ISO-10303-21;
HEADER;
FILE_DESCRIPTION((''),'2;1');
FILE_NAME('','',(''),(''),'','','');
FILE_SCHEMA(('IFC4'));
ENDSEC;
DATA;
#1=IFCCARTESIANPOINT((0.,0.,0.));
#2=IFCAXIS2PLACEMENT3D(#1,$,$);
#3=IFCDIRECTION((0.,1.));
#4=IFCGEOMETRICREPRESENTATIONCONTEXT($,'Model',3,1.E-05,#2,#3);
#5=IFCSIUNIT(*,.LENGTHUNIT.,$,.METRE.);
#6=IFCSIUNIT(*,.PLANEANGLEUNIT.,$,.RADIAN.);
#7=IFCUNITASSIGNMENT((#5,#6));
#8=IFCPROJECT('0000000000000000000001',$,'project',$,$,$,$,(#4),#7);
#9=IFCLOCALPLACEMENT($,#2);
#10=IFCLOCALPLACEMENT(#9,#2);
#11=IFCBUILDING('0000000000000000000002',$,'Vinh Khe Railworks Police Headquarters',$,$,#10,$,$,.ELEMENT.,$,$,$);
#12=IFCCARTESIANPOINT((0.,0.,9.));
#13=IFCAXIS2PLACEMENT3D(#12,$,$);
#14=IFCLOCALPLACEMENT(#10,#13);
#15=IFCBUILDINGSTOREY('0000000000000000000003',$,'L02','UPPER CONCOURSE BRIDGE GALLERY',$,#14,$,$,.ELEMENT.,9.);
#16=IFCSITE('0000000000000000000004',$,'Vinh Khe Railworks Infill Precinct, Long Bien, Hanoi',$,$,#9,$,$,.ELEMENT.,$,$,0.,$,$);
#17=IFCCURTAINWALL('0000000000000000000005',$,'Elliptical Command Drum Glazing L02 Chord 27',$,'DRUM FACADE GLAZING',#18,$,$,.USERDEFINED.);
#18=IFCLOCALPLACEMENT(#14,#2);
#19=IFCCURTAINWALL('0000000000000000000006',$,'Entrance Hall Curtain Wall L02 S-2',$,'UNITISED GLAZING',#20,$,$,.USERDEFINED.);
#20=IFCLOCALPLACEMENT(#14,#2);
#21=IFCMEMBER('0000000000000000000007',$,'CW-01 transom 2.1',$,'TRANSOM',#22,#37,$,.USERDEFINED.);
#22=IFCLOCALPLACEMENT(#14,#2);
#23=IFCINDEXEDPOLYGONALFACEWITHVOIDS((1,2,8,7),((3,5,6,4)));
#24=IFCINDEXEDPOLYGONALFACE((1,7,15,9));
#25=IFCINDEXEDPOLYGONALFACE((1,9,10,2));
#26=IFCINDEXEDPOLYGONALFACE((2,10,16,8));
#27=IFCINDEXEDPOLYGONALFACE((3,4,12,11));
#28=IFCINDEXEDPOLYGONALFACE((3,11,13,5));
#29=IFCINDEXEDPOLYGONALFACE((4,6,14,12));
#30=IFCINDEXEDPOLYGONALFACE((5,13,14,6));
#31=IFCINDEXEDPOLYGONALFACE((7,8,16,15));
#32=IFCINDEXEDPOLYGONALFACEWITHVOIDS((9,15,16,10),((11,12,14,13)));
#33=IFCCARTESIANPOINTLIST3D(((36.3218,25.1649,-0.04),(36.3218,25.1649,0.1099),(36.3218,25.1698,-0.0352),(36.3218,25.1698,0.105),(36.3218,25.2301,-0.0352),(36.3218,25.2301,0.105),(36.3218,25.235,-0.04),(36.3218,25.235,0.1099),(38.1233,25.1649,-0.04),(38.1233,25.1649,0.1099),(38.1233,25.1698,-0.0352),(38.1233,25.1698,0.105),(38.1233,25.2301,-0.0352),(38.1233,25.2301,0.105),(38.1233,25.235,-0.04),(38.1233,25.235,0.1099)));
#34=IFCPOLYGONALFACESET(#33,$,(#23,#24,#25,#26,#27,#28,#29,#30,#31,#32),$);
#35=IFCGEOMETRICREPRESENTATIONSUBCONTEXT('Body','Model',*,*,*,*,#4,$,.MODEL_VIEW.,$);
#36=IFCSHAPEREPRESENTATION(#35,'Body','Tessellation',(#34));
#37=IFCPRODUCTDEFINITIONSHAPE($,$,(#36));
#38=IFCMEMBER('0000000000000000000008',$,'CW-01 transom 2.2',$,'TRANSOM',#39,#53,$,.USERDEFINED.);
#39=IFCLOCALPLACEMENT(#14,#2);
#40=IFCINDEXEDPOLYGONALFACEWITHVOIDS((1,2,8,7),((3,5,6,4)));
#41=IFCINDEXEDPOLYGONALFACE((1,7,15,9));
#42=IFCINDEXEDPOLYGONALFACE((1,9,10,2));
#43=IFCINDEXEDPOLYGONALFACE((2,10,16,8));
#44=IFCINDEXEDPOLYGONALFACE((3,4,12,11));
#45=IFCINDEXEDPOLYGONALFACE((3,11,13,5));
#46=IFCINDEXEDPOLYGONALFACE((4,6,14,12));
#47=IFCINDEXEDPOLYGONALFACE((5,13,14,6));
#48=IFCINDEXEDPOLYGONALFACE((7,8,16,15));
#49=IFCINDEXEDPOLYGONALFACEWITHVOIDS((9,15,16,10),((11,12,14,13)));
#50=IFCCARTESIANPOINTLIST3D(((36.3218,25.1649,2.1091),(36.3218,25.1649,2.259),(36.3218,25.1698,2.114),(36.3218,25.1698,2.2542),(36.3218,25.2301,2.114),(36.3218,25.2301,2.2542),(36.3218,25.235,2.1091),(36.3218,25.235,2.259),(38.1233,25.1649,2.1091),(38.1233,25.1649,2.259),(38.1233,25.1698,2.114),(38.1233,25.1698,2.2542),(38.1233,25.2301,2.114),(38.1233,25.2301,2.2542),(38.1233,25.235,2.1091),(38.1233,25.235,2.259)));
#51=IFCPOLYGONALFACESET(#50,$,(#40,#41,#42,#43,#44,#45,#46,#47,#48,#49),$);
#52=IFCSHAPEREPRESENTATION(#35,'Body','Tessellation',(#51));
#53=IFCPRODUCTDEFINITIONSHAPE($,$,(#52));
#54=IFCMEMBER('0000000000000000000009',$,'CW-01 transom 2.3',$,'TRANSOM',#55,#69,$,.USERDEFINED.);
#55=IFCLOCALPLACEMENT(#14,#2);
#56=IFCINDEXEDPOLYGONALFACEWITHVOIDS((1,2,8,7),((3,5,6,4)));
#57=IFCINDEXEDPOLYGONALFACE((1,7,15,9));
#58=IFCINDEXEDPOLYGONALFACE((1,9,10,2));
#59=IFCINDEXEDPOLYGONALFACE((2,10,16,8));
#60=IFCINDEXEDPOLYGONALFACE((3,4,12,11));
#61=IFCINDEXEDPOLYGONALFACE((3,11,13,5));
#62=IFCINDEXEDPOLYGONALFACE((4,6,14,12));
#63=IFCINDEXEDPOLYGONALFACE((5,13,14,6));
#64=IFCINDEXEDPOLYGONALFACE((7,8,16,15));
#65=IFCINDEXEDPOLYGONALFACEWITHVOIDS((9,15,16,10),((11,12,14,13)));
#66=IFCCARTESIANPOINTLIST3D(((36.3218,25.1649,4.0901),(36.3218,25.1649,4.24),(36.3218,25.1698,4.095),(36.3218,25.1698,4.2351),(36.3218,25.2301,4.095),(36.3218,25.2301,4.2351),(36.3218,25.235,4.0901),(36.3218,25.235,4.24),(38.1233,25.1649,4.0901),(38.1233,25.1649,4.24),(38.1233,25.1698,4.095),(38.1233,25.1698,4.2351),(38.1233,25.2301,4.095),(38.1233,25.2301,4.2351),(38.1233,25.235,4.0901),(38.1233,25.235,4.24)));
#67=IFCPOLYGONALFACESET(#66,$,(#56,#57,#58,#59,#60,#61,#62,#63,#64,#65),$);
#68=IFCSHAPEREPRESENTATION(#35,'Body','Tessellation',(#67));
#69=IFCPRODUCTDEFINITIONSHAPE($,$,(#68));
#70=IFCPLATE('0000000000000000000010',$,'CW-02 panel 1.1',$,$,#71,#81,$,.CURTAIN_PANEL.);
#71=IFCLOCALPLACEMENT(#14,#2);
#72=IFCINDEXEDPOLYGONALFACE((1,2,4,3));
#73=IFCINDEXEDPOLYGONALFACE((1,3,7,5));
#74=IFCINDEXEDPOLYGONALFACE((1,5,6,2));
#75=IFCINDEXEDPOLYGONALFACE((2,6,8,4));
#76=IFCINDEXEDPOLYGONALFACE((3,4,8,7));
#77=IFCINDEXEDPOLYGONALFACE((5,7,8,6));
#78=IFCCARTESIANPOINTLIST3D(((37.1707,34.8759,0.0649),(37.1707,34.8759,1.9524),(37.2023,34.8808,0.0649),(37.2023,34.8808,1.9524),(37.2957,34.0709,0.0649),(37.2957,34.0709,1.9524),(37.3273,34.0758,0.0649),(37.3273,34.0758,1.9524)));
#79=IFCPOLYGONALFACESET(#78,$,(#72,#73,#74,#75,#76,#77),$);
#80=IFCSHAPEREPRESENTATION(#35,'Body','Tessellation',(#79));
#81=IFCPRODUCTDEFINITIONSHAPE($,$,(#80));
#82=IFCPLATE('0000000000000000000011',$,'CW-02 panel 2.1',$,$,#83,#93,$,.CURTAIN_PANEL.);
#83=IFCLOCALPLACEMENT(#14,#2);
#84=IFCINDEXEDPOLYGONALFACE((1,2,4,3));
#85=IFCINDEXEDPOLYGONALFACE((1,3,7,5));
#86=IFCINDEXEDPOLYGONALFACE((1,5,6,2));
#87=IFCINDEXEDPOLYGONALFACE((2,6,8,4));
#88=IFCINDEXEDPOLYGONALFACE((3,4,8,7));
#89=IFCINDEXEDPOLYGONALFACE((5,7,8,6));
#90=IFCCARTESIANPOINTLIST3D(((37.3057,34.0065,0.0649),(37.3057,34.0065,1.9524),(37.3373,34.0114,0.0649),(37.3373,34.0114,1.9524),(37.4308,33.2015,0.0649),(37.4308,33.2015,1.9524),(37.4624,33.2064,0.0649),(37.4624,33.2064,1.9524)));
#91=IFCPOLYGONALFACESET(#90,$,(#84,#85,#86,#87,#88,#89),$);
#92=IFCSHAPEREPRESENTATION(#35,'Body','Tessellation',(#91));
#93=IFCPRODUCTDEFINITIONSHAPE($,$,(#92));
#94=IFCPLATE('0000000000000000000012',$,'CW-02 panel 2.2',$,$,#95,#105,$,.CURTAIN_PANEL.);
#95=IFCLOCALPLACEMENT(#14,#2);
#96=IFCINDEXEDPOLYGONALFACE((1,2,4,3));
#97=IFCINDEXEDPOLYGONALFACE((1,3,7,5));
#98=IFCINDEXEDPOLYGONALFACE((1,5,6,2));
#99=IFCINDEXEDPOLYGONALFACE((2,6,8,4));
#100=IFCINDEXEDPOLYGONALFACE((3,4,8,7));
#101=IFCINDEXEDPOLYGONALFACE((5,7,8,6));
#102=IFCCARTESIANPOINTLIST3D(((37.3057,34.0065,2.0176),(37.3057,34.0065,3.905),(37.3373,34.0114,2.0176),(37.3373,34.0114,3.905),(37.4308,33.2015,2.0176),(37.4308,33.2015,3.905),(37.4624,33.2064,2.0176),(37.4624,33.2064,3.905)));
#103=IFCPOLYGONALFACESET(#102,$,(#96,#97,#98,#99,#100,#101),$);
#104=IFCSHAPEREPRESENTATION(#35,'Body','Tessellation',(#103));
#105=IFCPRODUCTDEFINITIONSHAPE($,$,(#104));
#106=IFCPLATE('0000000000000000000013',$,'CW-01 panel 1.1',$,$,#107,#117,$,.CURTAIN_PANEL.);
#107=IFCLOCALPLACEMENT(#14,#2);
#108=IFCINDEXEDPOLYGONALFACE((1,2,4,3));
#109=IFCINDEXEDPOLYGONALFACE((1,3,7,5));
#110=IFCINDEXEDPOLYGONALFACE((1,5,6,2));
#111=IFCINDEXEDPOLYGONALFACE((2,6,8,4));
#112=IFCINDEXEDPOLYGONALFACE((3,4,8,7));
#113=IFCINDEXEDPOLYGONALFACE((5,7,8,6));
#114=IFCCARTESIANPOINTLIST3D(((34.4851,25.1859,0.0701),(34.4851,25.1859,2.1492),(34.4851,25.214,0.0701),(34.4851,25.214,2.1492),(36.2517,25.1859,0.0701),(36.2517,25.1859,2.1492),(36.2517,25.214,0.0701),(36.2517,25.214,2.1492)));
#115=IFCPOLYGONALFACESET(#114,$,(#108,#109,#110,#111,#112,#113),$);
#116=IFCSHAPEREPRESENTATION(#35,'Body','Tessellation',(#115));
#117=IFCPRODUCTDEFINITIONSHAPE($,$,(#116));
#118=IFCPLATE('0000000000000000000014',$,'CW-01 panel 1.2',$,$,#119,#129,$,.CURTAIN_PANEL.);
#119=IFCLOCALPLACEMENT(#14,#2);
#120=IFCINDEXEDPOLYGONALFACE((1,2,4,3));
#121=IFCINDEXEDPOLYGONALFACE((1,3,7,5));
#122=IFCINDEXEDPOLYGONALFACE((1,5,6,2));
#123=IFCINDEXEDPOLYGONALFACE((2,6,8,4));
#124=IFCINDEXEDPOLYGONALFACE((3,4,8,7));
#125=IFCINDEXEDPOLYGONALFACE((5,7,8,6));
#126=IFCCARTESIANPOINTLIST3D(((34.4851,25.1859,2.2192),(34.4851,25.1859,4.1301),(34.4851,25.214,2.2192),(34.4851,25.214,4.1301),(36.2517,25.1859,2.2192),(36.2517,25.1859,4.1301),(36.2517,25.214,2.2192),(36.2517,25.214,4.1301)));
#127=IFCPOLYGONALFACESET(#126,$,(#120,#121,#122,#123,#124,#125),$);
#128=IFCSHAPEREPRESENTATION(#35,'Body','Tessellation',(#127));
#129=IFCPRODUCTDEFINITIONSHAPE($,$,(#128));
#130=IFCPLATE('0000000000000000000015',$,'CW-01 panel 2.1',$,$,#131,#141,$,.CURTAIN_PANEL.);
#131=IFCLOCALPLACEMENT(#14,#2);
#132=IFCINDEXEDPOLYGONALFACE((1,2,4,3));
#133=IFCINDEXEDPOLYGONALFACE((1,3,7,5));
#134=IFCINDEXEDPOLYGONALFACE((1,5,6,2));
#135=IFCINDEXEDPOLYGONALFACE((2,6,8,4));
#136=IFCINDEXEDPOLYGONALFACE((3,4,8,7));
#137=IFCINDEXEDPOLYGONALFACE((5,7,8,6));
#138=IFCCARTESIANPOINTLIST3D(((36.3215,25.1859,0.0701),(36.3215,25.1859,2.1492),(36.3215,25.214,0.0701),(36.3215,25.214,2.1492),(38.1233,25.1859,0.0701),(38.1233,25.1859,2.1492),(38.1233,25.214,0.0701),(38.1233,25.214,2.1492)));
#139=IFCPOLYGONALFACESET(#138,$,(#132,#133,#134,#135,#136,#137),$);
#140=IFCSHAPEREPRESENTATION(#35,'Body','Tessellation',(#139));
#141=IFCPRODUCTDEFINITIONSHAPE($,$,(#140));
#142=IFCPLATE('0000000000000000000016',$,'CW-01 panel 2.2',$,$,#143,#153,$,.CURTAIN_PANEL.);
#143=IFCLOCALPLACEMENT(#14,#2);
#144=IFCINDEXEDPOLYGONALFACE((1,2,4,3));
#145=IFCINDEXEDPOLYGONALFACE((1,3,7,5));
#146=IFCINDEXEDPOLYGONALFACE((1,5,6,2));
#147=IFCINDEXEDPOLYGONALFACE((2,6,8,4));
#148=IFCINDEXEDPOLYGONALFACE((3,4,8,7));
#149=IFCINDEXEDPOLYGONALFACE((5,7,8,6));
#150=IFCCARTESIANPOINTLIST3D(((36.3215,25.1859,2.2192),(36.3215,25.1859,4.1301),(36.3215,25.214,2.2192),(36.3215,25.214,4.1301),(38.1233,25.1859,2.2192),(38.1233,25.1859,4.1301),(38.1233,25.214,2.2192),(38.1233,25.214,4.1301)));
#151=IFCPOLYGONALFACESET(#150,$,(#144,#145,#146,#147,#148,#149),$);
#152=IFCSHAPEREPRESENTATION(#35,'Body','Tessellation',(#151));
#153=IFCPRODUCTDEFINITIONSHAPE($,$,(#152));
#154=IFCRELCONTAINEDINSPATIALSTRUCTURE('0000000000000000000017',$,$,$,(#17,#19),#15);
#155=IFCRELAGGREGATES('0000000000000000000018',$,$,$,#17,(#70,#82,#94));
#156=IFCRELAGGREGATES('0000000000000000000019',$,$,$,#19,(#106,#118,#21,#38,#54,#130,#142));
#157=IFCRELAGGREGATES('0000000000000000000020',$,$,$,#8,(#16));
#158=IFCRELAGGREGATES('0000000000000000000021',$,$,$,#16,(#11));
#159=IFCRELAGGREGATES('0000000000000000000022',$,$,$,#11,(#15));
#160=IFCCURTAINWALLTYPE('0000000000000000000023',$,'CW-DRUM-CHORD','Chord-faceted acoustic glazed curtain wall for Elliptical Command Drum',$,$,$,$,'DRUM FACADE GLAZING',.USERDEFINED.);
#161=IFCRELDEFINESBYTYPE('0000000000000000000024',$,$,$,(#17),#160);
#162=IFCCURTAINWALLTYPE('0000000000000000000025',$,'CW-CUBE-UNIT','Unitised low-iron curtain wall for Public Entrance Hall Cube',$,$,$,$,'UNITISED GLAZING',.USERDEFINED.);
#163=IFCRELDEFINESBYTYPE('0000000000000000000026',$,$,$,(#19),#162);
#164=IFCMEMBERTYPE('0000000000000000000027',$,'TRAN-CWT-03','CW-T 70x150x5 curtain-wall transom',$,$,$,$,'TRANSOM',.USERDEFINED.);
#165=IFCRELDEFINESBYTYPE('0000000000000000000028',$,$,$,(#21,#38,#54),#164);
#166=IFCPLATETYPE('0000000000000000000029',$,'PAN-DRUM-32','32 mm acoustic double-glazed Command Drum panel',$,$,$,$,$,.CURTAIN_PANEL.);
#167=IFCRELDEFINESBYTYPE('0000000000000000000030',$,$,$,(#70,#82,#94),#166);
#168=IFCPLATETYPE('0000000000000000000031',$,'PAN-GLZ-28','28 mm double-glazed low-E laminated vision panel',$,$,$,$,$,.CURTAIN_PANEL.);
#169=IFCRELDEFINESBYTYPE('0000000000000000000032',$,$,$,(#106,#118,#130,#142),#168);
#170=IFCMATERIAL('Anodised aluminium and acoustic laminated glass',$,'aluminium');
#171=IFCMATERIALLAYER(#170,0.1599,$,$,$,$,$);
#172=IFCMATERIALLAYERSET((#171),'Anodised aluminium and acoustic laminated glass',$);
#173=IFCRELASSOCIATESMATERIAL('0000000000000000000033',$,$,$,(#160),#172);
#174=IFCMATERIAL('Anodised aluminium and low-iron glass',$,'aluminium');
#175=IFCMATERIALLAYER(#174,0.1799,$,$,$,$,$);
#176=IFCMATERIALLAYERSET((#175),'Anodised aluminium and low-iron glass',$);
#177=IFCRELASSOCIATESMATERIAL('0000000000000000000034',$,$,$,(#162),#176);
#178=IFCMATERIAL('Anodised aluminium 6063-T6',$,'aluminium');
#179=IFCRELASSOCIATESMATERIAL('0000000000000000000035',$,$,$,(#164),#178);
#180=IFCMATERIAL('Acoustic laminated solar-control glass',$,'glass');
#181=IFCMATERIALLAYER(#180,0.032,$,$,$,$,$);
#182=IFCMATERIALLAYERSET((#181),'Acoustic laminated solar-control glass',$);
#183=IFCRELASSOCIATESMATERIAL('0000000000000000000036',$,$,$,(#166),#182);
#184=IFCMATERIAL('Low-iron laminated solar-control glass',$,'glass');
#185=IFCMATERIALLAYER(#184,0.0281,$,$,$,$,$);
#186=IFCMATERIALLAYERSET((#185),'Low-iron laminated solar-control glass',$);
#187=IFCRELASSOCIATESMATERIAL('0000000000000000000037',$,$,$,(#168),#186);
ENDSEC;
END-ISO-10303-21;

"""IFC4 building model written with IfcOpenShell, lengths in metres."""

from ifc_helpers import new_model, si_unit, direction, frame, origin, origin_2d, place, context, subcontext, project, spatial, rectangle, hollow_rectangle, extrude, material, layer, layer_set, material_profile, profile_set, type_object, element, aggregate, save


model = new_model("IFC4")

# Units and contexts
model_context = context("Model", 3, precision=1e-05, world=origin(), true_north=direction((0.0, 1.0)))
body_context = subcontext(model_context, "Body", "Model", "MODEL_VIEW")
ifc_project = project(units=[si_unit("LENGTHUNIT", "METRE"), si_unit("PLANEANGLEUNIT", "RADIAN")], contexts=[model_context])

# Site, building, storey
site_placement = place(None, origin())
site = spatial("IfcSite", under=ifc_project, at=site_placement, Name="Vinh Khe Railworks Infill Precinct, Long Bien, Hanoi", CompositionType="ELEMENT", RefElevation=0.0)
building_placement = place(site_placement, origin())
building = spatial("IfcBuilding", under=site, at=building_placement, Name="Vinh Khe Railworks Police Headquarters", CompositionType="ELEMENT")
storey_placement = place(building_placement, frame((0.0, 0.0, 9.0)))
storey = spatial("IfcBuildingStorey", under=building, at=storey_placement, Name="L02", Description="UPPER CONCOURSE BRIDGE GALLERY", CompositionType="ELEMENT", Elevation=9.0)

# Curtain wall
ifc_material_1 = material(Name="Anodised aluminium and acoustic laminated glass", Category="aluminium")
ifc_layer_1 = layer(ifc_material_1, 0.1599)
ifc_layer_set_1 = layer_set([ifc_layer_1], Name="Anodised aluminium and acoustic laminated glass")
curtain_wall_type_1 = type_object("IfcCurtainWallType", Name="CW-DRUM-CHORD", Description="Chord-faceted acoustic glazed curtain wall for Elliptical Command Drum", ElementType="DRUM FACADE GLAZING", PredefinedType="USERDEFINED", material=ifc_layer_set_1)
curtain_wall_1_placement = place(storey_placement, origin())
curtain_wall_1 = element("IfcCurtainWall", 1, at=curtain_wall_1_placement, inside=storey, type_object=curtain_wall_type_1, Name="Elliptical Command Drum Glazing L02 Chord 27", ObjectType="DRUM FACADE GLAZING", PredefinedType="USERDEFINED")
ifc_material_2 = material(Name="Anodised aluminium 6063-T6", Category="aluminium")

# Curtain wall
ifc_material_3 = material(Name="Anodised aluminium and low-iron glass", Category="aluminium")
ifc_layer_2 = layer(ifc_material_3, 0.1799)
ifc_layer_set_2 = layer_set([ifc_layer_2], Name="Anodised aluminium and low-iron glass")
curtain_wall_type_2 = type_object("IfcCurtainWallType", Name="CW-CUBE-UNIT", Description="Unitised low-iron curtain wall for Public Entrance Hall Cube", ElementType="UNITISED GLAZING", PredefinedType="USERDEFINED", material=ifc_layer_set_2)
curtain_wall_2_placement = place(storey_placement, origin())
curtain_wall_2 = element("IfcCurtainWall", 2, at=curtain_wall_2_placement, inside=storey, type_object=curtain_wall_type_2, Name="Entrance Hall Curtain Wall L02 S-2", ObjectType="UNITISED GLAZING", PredefinedType="USERDEFINED")

# Members
ifc_material_profile_1 = material_profile(ifc_material_2, hollow_rectangle(XDim=0.0701, YDim=0.1499, WallThickness=0.0049, at=origin_2d()), Name="CW-T 70x150x5")
ifc_profile_set_1 = profile_set([ifc_material_profile_1], Name="Anodised aluminium 6063-T6")
member_type_1 = type_object("IfcMemberType", Name="TRAN-CWT-03", Description="CW-T 70x150x5 curtain-wall transom", ElementType="TRANSOM", PredefinedType="USERDEFINED", material=ifc_profile_set_1)
member_1_placement = place(storey_placement, frame((36.3218, 25.2, 0.0349), z_axis=(1.0, 0.0, 0.0), x_axis=(0.0, 1.0, 0.0)))
member_1 = element("IfcMember", 3, at=member_1_placement, type_object=member_type_1, Name="CW-01 transom 2.1", ObjectType="TRANSOM", PredefinedType="USERDEFINED", context=body_context, shape_type="SweptSolid", body=[
    extrude(hollow_rectangle(XDim=0.0701, YDim=0.1499, WallThickness=0.0049, at=origin_2d()), origin(), (0.0, 0.0, 1.0), 1.8015),
])
member_2_placement = place(storey_placement, frame((36.3218, 25.2, 2.1841), z_axis=(1.0, 0.0, 0.0), x_axis=(0.0, 1.0, 0.0)))
member_2 = element("IfcMember", 4, at=member_2_placement, type_object=member_type_1, Name="CW-01 transom 2.2", ObjectType="TRANSOM", PredefinedType="USERDEFINED", context=body_context, shape_type="SweptSolid", body=[
    extrude(hollow_rectangle(XDim=0.0701, YDim=0.1499, WallThickness=0.0049, at=origin_2d()), origin(), (0.0, 0.0, 1.0), 1.8015),
])
member_3_placement = place(storey_placement, frame((36.3218, 25.2, 4.165), z_axis=(1.0, 0.0, 0.0), x_axis=(0.0, 1.0, 0.0)))
member_3 = element("IfcMember", 5, at=member_3_placement, type_object=member_type_1, Name="CW-01 transom 2.3", ObjectType="TRANSOM", PredefinedType="USERDEFINED", context=body_context, shape_type="SweptSolid", body=[
    extrude(hollow_rectangle(XDim=0.0701, YDim=0.1499, WallThickness=0.0049, at=origin_2d()), origin(), (0.0, 0.0, 1.0), 1.8015),
])

# Plates
ifc_material_4 = material(Name="Acoustic laminated solar-control glass", Category="glass")
ifc_layer_3 = layer(ifc_material_4, 0.032)
ifc_layer_set_3 = layer_set([ifc_layer_3], Name="Acoustic laminated solar-control glass")
plate_type_1 = type_object("IfcPlateType", Name="PAN-DRUM-32", Description="32 mm acoustic double-glazed Command Drum panel", PredefinedType="CURTAIN_PANEL", material=ifc_layer_set_3)
plate_1_placement = place(storey_placement, frame((37.249, 34.4758, 0.0649), z_axis=(0.0, 0.0, 1.0), x_axis=(0.15349, -0.98815, 0.0)))
plate_1 = element("IfcPlate", 6, at=plate_1_placement, type_object=plate_type_1, Name="CW-02 panel 1.1", PredefinedType="CURTAIN_PANEL", context=body_context, shape_type="SweptSolid", body=[
    extrude(rectangle(XDim=0.8147, YDim=0.032, at=origin_2d()), origin(), (0.0, 0.0, 1.0), 1.8875),
])
plate_2_placement = place(storey_placement, frame((37.384, 33.6064, 0.0649), z_axis=(0.0, 0.0, 1.0), x_axis=(0.15349, -0.98815, 0.0)))
plate_2 = element("IfcPlate", 7, at=plate_2_placement, type_object=plate_type_1, Name="CW-02 panel 2.1", PredefinedType="CURTAIN_PANEL", context=body_context, shape_type="SweptSolid", body=[
    extrude(rectangle(XDim=0.8147, YDim=0.032, at=origin_2d()), origin(), (0.0, 0.0, 1.0), 1.8875),
])
plate_3_placement = place(storey_placement, frame((37.384, 33.6064, 2.0176), z_axis=(0.0, 0.0, 1.0), x_axis=(0.15349, -0.98815, 0.0)))
plate_3 = element("IfcPlate", 8, at=plate_3_placement, type_object=plate_type_1, Name="CW-02 panel 2.2", PredefinedType="CURTAIN_PANEL", context=body_context, shape_type="SweptSolid", body=[
    extrude(rectangle(XDim=0.8147, YDim=0.032, at=origin_2d()), origin(), (0.0, 0.0, 1.0), 1.8875),
])
aggregate(curtain_wall_1, [plate_1, plate_2, plate_3])
ifc_material_5 = material(Name="Low-iron laminated solar-control glass", Category="glass")
ifc_layer_4 = layer(ifc_material_5, 0.0281)
ifc_layer_set_4 = layer_set([ifc_layer_4], Name="Low-iron laminated solar-control glass")
plate_type_2 = type_object("IfcPlateType", Name="PAN-GLZ-28", Description="28 mm double-glazed low-E laminated vision panel", PredefinedType="CURTAIN_PANEL", material=ifc_layer_set_4)
plate_4_placement = place(storey_placement, frame((35.3684, 25.2, 0.0701), z_axis=(0.0, 0.0, 1.0), x_axis=(1.0, 0.0, 0.0)))
plate_4 = element("IfcPlate", 9, at=plate_4_placement, type_object=plate_type_2, Name="CW-01 panel 1.1", PredefinedType="CURTAIN_PANEL", context=body_context, shape_type="SweptSolid", body=[
    extrude(rectangle(XDim=1.7666, YDim=0.0281, at=origin_2d()), origin(), (0.0, 0.0, 1.0), 2.0791),
])
plate_5_placement = place(storey_placement, frame((35.3684, 25.2, 2.2192), z_axis=(0.0, 0.0, 1.0), x_axis=(1.0, 0.0, 0.0)))
plate_5 = element("IfcPlate", 10, at=plate_5_placement, type_object=plate_type_2, Name="CW-01 panel 1.2", PredefinedType="CURTAIN_PANEL", context=body_context, shape_type="SweptSolid", body=[
    extrude(rectangle(XDim=1.7666, YDim=0.0281, at=origin_2d()), origin(), (0.0, 0.0, 1.0), 1.9109),
])
plate_6_placement = place(storey_placement, frame((37.2224, 25.2, 0.0701), z_axis=(0.0, 0.0, 1.0), x_axis=(1.0, 0.0, 0.0)))
plate_6 = element("IfcPlate", 11, at=plate_6_placement, type_object=plate_type_2, Name="CW-01 panel 2.1", PredefinedType="CURTAIN_PANEL", context=body_context, shape_type="SweptSolid", body=[
    extrude(rectangle(XDim=1.8018, YDim=0.0281, at=origin_2d()), origin(), (0.0, 0.0, 1.0), 2.0791),
])
plate_7_placement = place(storey_placement, frame((37.2224, 25.2, 2.2192), z_axis=(0.0, 0.0, 1.0), x_axis=(1.0, 0.0, 0.0)))
plate_7 = element("IfcPlate", 12, at=plate_7_placement, type_object=plate_type_2, Name="CW-01 panel 2.2", PredefinedType="CURTAIN_PANEL", context=body_context, shape_type="SweptSolid", body=[
    extrude(rectangle(XDim=1.8018, YDim=0.0281, at=origin_2d()), origin(), (0.0, 0.0, 1.0), 1.9109),
])
aggregate(curtain_wall_2, [plate_4, plate_5, member_1, member_2, member_3, plate_6, plate_7])

save(model, "model.ifc")
